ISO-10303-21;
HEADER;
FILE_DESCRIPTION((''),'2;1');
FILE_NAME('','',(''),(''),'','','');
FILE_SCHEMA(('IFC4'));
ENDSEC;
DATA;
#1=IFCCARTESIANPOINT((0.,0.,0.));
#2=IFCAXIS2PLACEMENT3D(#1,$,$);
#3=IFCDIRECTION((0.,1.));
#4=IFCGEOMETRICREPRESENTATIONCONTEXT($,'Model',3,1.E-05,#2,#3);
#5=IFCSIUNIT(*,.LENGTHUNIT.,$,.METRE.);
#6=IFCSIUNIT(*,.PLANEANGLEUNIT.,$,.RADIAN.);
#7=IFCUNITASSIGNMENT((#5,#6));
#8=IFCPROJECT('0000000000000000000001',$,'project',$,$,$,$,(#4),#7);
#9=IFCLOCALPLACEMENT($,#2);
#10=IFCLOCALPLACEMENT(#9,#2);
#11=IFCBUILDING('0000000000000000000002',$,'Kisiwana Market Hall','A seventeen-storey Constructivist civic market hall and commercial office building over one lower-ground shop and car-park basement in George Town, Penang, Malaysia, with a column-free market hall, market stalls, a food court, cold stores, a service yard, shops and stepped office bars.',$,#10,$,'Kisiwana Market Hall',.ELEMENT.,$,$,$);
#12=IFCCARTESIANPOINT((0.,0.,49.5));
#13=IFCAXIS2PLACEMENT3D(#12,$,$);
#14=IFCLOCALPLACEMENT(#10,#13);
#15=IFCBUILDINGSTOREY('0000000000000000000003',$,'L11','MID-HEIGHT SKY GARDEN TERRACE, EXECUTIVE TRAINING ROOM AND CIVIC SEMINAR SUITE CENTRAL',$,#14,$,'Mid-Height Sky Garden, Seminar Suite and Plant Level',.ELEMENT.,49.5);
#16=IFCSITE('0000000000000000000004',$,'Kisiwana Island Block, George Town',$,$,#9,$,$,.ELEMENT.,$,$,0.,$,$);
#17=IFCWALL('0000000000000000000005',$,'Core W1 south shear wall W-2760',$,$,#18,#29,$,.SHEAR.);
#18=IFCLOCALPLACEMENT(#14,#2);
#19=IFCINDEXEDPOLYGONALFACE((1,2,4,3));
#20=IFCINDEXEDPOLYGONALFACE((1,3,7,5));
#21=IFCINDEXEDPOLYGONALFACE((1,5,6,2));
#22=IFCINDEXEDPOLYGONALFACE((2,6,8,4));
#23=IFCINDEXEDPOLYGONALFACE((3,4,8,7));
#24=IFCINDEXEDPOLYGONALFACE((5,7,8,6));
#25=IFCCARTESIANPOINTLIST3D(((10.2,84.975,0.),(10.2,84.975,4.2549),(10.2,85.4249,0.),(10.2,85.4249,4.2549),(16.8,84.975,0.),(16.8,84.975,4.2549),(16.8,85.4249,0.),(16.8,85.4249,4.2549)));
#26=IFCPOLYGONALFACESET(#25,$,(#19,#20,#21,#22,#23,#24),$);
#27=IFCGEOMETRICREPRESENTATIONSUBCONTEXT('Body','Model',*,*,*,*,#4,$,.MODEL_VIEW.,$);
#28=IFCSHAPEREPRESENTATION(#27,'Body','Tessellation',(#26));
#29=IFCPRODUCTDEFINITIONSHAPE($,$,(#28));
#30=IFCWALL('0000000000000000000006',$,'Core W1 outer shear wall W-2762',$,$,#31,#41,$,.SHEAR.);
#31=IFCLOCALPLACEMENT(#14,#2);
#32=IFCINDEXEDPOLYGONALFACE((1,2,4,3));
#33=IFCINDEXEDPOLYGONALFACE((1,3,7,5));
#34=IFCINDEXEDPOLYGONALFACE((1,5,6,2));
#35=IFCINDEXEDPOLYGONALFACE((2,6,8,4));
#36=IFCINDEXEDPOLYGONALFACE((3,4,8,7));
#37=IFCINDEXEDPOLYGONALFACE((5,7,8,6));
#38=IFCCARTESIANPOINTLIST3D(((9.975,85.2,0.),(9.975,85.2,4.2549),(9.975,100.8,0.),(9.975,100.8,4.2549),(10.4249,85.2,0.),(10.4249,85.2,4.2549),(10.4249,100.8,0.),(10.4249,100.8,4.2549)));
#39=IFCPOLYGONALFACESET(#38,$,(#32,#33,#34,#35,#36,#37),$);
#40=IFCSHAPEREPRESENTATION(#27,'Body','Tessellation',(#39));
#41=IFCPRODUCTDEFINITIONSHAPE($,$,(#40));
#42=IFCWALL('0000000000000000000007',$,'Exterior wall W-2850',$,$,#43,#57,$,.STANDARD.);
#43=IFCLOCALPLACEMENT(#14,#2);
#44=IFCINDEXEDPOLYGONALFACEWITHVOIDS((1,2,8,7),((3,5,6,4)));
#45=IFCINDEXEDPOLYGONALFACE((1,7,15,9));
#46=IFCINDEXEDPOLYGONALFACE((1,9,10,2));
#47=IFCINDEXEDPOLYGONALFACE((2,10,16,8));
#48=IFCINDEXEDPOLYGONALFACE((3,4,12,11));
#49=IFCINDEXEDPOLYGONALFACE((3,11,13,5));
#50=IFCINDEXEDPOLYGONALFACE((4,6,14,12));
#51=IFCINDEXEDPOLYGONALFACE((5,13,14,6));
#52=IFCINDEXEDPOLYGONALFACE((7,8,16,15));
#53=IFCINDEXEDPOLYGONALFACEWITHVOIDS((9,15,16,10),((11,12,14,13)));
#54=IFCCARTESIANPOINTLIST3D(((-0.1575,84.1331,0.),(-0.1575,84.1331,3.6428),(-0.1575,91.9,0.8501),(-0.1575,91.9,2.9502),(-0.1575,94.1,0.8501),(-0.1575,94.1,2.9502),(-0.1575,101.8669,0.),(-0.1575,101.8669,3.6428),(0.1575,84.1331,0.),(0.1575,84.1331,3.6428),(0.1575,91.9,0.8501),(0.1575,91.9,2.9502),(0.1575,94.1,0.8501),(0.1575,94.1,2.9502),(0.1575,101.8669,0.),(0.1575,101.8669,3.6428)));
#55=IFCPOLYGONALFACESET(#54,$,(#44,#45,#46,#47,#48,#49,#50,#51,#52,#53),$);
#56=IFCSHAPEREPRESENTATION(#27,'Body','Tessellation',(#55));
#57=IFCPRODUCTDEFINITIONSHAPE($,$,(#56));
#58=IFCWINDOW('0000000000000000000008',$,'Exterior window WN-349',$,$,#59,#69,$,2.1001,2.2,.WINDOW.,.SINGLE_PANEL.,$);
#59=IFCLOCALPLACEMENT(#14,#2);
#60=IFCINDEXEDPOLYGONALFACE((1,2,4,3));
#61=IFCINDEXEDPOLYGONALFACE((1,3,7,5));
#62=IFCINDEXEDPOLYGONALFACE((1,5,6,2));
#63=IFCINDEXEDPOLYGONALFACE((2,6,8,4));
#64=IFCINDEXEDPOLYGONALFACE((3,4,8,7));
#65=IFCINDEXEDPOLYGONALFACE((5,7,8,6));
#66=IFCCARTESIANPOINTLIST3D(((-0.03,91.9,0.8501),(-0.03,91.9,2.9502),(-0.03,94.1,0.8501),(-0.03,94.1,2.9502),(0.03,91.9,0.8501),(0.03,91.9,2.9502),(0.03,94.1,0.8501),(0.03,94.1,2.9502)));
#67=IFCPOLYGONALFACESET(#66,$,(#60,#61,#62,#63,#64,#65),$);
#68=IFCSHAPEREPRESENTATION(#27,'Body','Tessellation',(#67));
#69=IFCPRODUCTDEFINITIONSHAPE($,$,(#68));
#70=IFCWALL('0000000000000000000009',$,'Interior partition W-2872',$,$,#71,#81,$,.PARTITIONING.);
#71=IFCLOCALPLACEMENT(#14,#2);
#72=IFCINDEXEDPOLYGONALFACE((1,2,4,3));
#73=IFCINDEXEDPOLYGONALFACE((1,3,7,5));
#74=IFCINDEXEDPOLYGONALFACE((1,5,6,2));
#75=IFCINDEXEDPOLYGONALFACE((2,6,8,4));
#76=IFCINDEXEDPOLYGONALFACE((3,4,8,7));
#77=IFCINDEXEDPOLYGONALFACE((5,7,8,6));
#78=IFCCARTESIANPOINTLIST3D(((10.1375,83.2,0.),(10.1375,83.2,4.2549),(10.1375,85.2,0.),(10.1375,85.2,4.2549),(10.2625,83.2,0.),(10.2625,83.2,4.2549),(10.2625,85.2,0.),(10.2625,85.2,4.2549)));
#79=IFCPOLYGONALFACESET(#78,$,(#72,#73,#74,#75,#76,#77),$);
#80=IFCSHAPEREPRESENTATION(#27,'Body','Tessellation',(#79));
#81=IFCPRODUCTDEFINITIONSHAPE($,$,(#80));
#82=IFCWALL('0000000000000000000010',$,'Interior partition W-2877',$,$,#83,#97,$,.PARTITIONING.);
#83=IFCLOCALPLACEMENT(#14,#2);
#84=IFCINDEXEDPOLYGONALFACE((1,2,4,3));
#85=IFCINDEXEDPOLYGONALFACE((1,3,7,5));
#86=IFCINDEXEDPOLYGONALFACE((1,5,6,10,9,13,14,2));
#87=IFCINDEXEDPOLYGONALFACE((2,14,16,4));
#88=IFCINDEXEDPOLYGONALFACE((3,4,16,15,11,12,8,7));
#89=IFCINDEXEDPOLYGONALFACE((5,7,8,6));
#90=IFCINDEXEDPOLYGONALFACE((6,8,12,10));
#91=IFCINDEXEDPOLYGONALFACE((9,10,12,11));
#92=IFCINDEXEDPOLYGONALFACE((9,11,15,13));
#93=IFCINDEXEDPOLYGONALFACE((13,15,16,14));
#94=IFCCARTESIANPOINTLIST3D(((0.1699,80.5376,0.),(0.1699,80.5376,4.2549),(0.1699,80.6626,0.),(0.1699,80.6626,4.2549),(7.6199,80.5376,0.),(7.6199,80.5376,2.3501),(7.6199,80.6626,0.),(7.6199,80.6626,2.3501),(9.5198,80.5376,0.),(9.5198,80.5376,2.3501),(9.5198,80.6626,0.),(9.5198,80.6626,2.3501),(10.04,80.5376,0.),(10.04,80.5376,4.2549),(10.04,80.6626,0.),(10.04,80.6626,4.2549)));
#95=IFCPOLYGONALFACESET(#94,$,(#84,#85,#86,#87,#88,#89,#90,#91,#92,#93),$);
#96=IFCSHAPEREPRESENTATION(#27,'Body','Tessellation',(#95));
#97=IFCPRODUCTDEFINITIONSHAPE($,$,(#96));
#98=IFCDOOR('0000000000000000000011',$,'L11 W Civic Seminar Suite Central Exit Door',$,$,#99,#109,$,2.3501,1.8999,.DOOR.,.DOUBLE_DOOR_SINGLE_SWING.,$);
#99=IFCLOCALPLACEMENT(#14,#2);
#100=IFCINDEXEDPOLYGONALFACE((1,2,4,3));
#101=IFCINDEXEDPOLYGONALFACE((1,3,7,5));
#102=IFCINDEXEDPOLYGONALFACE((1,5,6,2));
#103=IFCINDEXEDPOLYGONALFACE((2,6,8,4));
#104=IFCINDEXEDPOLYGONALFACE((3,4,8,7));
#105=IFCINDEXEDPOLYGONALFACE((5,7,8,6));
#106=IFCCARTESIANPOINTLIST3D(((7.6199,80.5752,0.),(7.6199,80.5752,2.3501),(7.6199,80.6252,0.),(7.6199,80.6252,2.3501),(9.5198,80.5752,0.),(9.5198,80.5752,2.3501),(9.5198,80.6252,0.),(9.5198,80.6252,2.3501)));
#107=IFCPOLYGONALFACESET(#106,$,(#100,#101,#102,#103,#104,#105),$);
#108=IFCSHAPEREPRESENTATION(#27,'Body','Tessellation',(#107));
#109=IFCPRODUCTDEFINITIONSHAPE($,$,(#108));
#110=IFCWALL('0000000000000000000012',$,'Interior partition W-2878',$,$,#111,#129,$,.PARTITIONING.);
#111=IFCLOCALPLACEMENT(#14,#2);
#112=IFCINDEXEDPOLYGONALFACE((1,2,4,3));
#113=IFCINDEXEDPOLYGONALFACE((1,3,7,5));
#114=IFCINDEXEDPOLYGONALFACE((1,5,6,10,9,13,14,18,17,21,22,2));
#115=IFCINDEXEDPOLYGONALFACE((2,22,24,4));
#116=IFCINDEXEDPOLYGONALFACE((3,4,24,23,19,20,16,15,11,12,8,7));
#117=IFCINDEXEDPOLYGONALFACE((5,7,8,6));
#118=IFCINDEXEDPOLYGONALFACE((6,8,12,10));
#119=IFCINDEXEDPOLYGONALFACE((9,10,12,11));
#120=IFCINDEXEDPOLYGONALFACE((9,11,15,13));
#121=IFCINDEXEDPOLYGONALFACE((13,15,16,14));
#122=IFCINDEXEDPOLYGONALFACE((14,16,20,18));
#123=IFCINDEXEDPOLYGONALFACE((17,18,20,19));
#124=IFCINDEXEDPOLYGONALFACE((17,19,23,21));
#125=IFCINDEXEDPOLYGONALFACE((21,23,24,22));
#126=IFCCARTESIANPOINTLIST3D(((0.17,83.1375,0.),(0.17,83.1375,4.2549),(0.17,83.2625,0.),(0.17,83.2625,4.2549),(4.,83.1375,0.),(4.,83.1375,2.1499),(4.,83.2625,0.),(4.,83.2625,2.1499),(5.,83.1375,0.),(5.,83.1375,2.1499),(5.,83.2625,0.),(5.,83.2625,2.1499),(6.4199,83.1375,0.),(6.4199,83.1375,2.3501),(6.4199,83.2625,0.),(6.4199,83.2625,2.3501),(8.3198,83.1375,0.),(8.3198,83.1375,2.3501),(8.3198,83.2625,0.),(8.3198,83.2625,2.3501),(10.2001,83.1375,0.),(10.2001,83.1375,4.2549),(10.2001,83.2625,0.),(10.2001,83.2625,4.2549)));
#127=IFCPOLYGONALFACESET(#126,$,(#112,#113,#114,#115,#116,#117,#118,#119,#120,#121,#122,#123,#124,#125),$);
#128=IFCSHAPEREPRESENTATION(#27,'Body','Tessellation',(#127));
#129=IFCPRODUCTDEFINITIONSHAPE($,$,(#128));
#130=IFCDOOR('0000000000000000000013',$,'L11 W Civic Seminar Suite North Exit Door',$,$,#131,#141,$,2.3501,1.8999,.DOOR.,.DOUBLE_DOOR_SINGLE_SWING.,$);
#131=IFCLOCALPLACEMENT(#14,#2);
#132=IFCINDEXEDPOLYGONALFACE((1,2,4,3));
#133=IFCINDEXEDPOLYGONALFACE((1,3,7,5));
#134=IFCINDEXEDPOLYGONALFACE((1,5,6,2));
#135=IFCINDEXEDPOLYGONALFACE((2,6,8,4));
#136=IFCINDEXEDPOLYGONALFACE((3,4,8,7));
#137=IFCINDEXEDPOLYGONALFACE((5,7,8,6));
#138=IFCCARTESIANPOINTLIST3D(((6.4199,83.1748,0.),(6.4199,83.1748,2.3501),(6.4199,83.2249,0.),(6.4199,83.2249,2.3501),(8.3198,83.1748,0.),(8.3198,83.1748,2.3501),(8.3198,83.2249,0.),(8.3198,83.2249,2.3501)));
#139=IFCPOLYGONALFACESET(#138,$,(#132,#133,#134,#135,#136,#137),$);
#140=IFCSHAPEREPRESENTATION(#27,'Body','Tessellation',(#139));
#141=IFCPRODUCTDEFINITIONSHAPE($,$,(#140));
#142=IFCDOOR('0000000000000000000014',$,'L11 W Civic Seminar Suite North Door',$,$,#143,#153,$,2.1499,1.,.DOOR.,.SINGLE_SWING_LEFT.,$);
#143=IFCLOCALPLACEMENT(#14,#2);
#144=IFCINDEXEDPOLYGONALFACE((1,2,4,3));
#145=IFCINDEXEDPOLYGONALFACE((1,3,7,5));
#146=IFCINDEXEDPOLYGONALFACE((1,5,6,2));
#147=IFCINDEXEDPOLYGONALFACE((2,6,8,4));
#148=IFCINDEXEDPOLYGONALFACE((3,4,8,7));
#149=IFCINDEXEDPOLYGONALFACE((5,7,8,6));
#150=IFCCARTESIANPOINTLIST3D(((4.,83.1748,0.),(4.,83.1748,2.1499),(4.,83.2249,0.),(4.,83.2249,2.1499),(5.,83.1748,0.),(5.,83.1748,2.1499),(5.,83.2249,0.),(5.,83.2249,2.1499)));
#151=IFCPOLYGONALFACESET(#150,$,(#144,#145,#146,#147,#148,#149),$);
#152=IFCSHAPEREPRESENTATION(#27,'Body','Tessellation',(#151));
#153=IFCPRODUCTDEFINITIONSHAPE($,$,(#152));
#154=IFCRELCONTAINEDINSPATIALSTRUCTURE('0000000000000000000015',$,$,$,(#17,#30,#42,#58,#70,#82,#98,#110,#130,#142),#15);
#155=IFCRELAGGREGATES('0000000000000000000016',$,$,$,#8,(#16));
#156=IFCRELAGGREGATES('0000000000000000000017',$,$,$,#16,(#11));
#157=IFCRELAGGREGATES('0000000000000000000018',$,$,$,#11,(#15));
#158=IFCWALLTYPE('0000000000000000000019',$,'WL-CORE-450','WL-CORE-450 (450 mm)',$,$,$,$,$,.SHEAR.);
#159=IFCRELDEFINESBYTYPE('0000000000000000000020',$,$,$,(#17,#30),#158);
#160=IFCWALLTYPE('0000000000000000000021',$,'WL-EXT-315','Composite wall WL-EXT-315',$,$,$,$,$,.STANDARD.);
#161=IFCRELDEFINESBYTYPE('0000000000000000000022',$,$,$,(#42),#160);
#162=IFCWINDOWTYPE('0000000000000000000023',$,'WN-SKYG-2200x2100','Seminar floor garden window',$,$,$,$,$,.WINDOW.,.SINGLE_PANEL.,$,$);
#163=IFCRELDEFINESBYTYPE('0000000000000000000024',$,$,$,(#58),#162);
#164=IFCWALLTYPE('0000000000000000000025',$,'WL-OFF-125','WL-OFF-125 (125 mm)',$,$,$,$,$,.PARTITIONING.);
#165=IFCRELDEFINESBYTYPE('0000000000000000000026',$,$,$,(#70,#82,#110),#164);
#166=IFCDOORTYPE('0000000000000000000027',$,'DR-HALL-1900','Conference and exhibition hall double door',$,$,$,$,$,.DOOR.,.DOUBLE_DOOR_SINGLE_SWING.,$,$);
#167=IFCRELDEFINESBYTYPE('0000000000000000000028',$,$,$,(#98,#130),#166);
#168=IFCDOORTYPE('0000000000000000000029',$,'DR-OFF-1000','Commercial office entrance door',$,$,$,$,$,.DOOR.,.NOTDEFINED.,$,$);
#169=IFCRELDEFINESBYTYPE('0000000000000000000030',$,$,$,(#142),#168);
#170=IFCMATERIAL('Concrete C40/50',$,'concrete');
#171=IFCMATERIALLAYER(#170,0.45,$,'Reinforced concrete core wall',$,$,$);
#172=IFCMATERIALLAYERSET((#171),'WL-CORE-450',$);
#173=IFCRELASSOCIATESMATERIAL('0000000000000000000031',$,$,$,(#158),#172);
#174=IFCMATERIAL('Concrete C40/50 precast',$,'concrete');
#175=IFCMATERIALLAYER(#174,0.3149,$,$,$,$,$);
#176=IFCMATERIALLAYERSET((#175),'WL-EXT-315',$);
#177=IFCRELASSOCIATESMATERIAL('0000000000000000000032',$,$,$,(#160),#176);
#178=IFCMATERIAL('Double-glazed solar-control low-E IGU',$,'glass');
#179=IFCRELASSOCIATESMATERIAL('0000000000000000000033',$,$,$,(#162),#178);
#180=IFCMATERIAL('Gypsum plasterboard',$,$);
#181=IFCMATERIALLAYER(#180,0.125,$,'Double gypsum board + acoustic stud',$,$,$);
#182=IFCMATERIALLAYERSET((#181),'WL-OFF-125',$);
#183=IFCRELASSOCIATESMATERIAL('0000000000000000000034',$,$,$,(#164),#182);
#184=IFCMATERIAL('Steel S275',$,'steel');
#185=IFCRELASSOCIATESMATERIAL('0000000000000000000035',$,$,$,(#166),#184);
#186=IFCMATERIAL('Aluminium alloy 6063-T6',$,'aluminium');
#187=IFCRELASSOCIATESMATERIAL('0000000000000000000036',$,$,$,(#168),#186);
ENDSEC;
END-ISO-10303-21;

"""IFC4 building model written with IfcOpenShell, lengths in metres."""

from ifc_helpers import new_model, si_unit, direction, frame, frame_2d, origin, place, context, subcontext, project, spatial, rectangle, extrude, material, layer, layer_set, type_object, element, fill, save


model = new_model("IFC4")

# Units and contexts
model_context = context("Model", 3, precision=1e-05, world=origin(), true_north=direction((0.0, 1.0)))
body_context = subcontext(model_context, "Body", "Model", "MODEL_VIEW")
ifc_project = project(units=[si_unit("LENGTHUNIT", "METRE"), si_unit("PLANEANGLEUNIT", "RADIAN")], contexts=[model_context])

# Site, building, storey
site_placement = place(None, origin())
site = spatial("IfcSite", under=ifc_project, at=site_placement, Name="Kisiwana Island Block, George Town", CompositionType="ELEMENT", RefElevation=0.0)
building_placement = place(site_placement, origin())
building = spatial("IfcBuilding", under=site, at=building_placement, Name="Kisiwana Market Hall", Description="A seventeen-storey Constructivist civic market hall and commercial office building over one lower-ground shop and car-park basement in George Town, Penang, Malaysia, with a column-free market hall, market stalls, a food court, cold stores, a service yard, shops and stepped office bars.", LongName="Kisiwana Market Hall", CompositionType="ELEMENT")
storey_placement = place(building_placement, frame((0.0, 0.0, 49.5)))
storey = spatial("IfcBuildingStorey", under=building, at=storey_placement, Name="L11", Description="MID-HEIGHT SKY GARDEN TERRACE, EXECUTIVE TRAINING ROOM AND CIVIC SEMINAR SUITE CENTRAL", LongName="Mid-Height Sky Garden, Seminar Suite and Plant Level", CompositionType="ELEMENT", Elevation=49.5)

# Walls
ifc_material_1 = material(Name="Concrete C40/50", Category="concrete")
ifc_layer_1 = layer(ifc_material_1, 0.45, Name="Reinforced concrete core wall")
ifc_layer_set_1 = layer_set([ifc_layer_1], Name="WL-CORE-450")
wall_type_1 = type_object("IfcWallType", Name="WL-CORE-450", Description="WL-CORE-450 (450 mm)", PredefinedType="SHEAR", material=ifc_layer_set_1)
wall_1_placement = place(storey_placement, frame((10.2, 85.2, 0.0), z_axis=(0.0, 0.0, 1.0), x_axis=(1.0, 0.0, 0.0)))
element("IfcWall", 1, at=wall_1_placement, inside=storey, type_object=wall_type_1, Name="Core W1 south shear wall W-2760", PredefinedType="SHEAR", context=body_context, shape_type="SweptSolid", body=[
    extrude(rectangle(XDim=6.6001, YDim=0.45, at=frame_2d((3.3, 0.0))), origin(), (0.0, 0.0, 1.0), 4.2549),
])
wall_2_placement = place(storey_placement, frame((10.2, 85.2, 0.0), z_axis=(0.0, 0.0, 1.0), x_axis=(0.0, 1.0, 0.0)))
element("IfcWall", 2, at=wall_2_placement, inside=storey, type_object=wall_type_1, Name="Core W1 outer shear wall W-2762", PredefinedType="SHEAR", context=body_context, shape_type="SweptSolid", body=[
    extrude(rectangle(XDim=15.6001, YDim=0.45, at=frame_2d((7.8, 0.0))), origin(), (0.0, 0.0, 1.0), 4.2549),
])

# Wall, opening, window
ifc_material_2 = material(Name="Concrete C40/50 precast", Category="concrete")
ifc_layer_2 = layer(ifc_material_2, 0.3149)
ifc_layer_set_2 = layer_set([ifc_layer_2], Name="WL-EXT-315")
wall_type_2 = type_object("IfcWallType", Name="WL-EXT-315", Description="Composite wall WL-EXT-315", PredefinedType="STANDARD", material=ifc_layer_set_2)
wall_3_placement = place(storey_placement, frame((0.0, 84.1331, 0.0), z_axis=(0.0, 0.0, 1.0), x_axis=(0.0, 1.0, 0.0)))
wall_3 = element("IfcWall", 3, at=wall_3_placement, inside=storey, type_object=wall_type_2, Name="Exterior wall W-2850", PredefinedType="STANDARD", context=body_context, shape_type="SweptSolid", body=[
    extrude(rectangle(XDim=17.7339, YDim=0.3149, at=frame_2d((8.8669, 0.0))), origin(), (0.0, 0.0, 1.0), 3.6428),
])
opening_1_placement = place(wall_3_placement, frame((7.7668, 0.0, 0.8501)))
opening_1 = element("IfcOpeningElement", 4, at=opening_1_placement, cuts=wall_3, PredefinedType="OPENING", context=body_context, shape_type="SweptSolid", body=[
    extrude(rectangle(XDim=2.2, YDim=2.1001, at=frame_2d((1.1001, 1.05))), frame((0.0, 0.1694, 0.0), z_axis=(0.0, -1.0, 0.0), x_axis=(1.0, 0.0, 0.0)), (0.0, 0.0, 1.0), 0.3389),
])
ifc_material_3 = material(Name="Double-glazed solar-control low-E IGU", Category="glass")
window_type = type_object("IfcWindowType", Name="WN-SKYG-2200x2100", Description="Seminar floor garden window", PartitioningType="SINGLE_PANEL", PredefinedType="WINDOW", material=ifc_material_3)
window_placement = place(opening_1_placement, origin())
window = element("IfcWindow", 5, at=window_placement, inside=storey, type_object=window_type, Name="Exterior window WN-349", OverallHeight=2.1001, OverallWidth=2.2, PartitioningType="SINGLE_PANEL", PredefinedType="WINDOW", context=body_context, shape_type="SweptSolid", body=[
    extrude(rectangle(XDim=2.2, YDim=2.1001, at=frame_2d((1.1001, 1.05))), frame((0.0, 0.03, 0.0), z_axis=(0.0, -1.0, 0.0), x_axis=(1.0, 0.0, 0.0)), (0.0, 0.0, 1.0), 0.0601),
])
fill(opening_1, window)

# Wall
ifc_material_4 = material(Name="Gypsum plasterboard")
ifc_layer_3 = layer(ifc_material_4, 0.125, Name="Double gypsum board + acoustic stud")
ifc_layer_set_3 = layer_set([ifc_layer_3], Name="WL-OFF-125")
wall_type_3 = type_object("IfcWallType", Name="WL-OFF-125", Description="WL-OFF-125 (125 mm)", PredefinedType="PARTITIONING", material=ifc_layer_set_3)
wall_4_placement = place(storey_placement, frame((10.2, 83.2, 0.0), z_axis=(0.0, 0.0, 1.0), x_axis=(0.0, 1.0, 0.0)))
element("IfcWall", 6, at=wall_4_placement, inside=storey, type_object=wall_type_3, Name="Interior partition W-2872", PredefinedType="PARTITIONING", context=body_context, shape_type="SweptSolid", body=[
    extrude(rectangle(XDim=2.0, YDim=0.125, at=frame_2d((1.0, 0.0))), origin(), (0.0, 0.0, 1.0), 4.2549),
])

# Wall, opening, door
wall_5_placement = place(storey_placement, frame((0.1699, 80.6001, 0.0), z_axis=(0.0, 0.0, 1.0), x_axis=(1.0, 0.0, 0.0)))
wall_5 = element("IfcWall", 7, at=wall_5_placement, inside=storey, type_object=wall_type_3, Name="Interior partition W-2877", PredefinedType="PARTITIONING", context=body_context, shape_type="SweptSolid", body=[
    extrude(rectangle(XDim=9.8701, YDim=0.125, at=frame_2d((4.9351, 0.0))), origin(), (0.0, 0.0, 1.0), 4.2549),
])
opening_2_placement = place(wall_5_placement, frame((7.45, 0.0, 0.0)))
opening_2 = element("IfcOpeningElement", 8, at=opening_2_placement, cuts=wall_5, PredefinedType="OPENING", context=body_context, shape_type="SweptSolid", body=[
    extrude(rectangle(XDim=1.8999, YDim=2.3501, at=frame_2d((0.95, 1.175))), frame((0.0, 0.0745, 0.0), z_axis=(0.0, -1.0, 0.0), x_axis=(1.0, 0.0, 0.0)), (0.0, 0.0, 1.0), 0.1489),
])
ifc_material_5 = material(Name="Steel S275", Category="steel")
door_type_1 = type_object("IfcDoorType", Name="DR-HALL-1900", Description="Conference and exhibition hall double door", OperationType="DOUBLE_DOOR_SINGLE_SWING", PredefinedType="DOOR", material=ifc_material_5)
door_1_placement = place(opening_2_placement, frame((1.8999, 0.0, 0.0), z_axis=(0.0, 0.0, 1.0), x_axis=(-1.0, 0.0, 0.0)))
door_1 = element("IfcDoor", 9, at=door_1_placement, inside=storey, type_object=door_type_1, Name="L11 W Civic Seminar Suite Central Exit Door", OperationType="DOUBLE_DOOR_SINGLE_SWING", OverallHeight=2.3501, OverallWidth=1.8999, PredefinedType="DOOR", context=body_context, shape_type="SweptSolid", body=[
    extrude(rectangle(XDim=1.8999, YDim=2.3501, at=frame_2d((0.95, 1.175))), frame((0.0, 0.0249, 0.0), z_axis=(0.0, -1.0, 0.0), x_axis=(1.0, 0.0, 0.0)), (0.0, 0.0, 1.0), 0.05),
])
fill(opening_2, door_1)

# Wall, openings, doors
wall_6_placement = place(storey_placement, frame((0.1699, 83.2, 0.0), z_axis=(0.0, 0.0, 1.0), x_axis=(1.0, 0.0, 0.0)))
wall_6 = element("IfcWall", 10, at=wall_6_placement, inside=storey, type_object=wall_type_3, Name="Interior partition W-2878", PredefinedType="PARTITIONING", context=body_context, shape_type="SweptSolid", body=[
    extrude(rectangle(XDim=10.03, YDim=0.125, at=frame_2d((5.0151, 0.0))), origin(), (0.0, 0.0, 1.0), 4.2549),
])
opening_3_placement = place(wall_6_placement, frame((3.8301, 0.0, 0.0)))
opening_3 = element("IfcOpeningElement", 11, at=opening_3_placement, cuts=wall_6, PredefinedType="OPENING", context=body_context, shape_type="SweptSolid", body=[
    extrude(rectangle(XDim=1.0, YDim=2.1499, at=frame_2d((0.5, 1.075))), frame((0.0, 0.0745, 0.0), z_axis=(0.0, -1.0, 0.0), x_axis=(1.0, 0.0, 0.0)), (0.0, 0.0, 1.0), 0.1489),
])
opening_4_placement = place(wall_6_placement, frame((6.25, 0.0, 0.0)))
opening_4 = element("IfcOpeningElement", 12, at=opening_4_placement, cuts=wall_6, PredefinedType="OPENING", context=body_context, shape_type="SweptSolid", body=[
    extrude(rectangle(XDim=1.8999, YDim=2.3501, at=frame_2d((0.95, 1.175))), frame((0.0, 0.0745, 0.0), z_axis=(0.0, -1.0, 0.0), x_axis=(1.0, 0.0, 0.0)), (0.0, 0.0, 1.0), 0.1489),
])
door_2_placement = place(opening_4_placement, origin())
door_2 = element("IfcDoor", 13, at=door_2_placement, inside=storey, type_object=door_type_1, Name="L11 W Civic Seminar Suite North Exit Door", OperationType="DOUBLE_DOOR_SINGLE_SWING", OverallHeight=2.3501, OverallWidth=1.8999, PredefinedType="DOOR", context=body_context, shape_type="SweptSolid", body=[
    extrude(rectangle(XDim=1.8999, YDim=2.3501, at=frame_2d((0.95, 1.175))), frame((0.0, 0.0249, 0.0), z_axis=(0.0, -1.0, 0.0), x_axis=(1.0, 0.0, 0.0)), (0.0, 0.0, 1.0), 0.05),
])
fill(opening_4, door_2)
ifc_material_6 = material(Name="Aluminium alloy 6063-T6", Category="aluminium")
door_type_2 = type_object("IfcDoorType", Name="DR-OFF-1000", Description="Commercial office entrance door", OperationType="NOTDEFINED", PredefinedType="DOOR", material=ifc_material_6)
door_3_placement = place(opening_3_placement, origin())
door_3 = element("IfcDoor", 14, at=door_3_placement, inside=storey, type_object=door_type_2, Name="L11 W Civic Seminar Suite North Door", OperationType="SINGLE_SWING_LEFT", OverallHeight=2.1499, OverallWidth=1.0, PredefinedType="DOOR", context=body_context, shape_type="SweptSolid", body=[
    extrude(rectangle(XDim=1.0, YDim=2.1499, at=frame_2d((0.5, 1.075))), frame((0.0, 0.0249, 0.0), z_axis=(0.0, -1.0, 0.0), x_axis=(1.0, 0.0, 0.0)), (0.0, 0.0, 1.0), 0.05),
])
fill(opening_3, door_3)

save(model, "model.ifc")
